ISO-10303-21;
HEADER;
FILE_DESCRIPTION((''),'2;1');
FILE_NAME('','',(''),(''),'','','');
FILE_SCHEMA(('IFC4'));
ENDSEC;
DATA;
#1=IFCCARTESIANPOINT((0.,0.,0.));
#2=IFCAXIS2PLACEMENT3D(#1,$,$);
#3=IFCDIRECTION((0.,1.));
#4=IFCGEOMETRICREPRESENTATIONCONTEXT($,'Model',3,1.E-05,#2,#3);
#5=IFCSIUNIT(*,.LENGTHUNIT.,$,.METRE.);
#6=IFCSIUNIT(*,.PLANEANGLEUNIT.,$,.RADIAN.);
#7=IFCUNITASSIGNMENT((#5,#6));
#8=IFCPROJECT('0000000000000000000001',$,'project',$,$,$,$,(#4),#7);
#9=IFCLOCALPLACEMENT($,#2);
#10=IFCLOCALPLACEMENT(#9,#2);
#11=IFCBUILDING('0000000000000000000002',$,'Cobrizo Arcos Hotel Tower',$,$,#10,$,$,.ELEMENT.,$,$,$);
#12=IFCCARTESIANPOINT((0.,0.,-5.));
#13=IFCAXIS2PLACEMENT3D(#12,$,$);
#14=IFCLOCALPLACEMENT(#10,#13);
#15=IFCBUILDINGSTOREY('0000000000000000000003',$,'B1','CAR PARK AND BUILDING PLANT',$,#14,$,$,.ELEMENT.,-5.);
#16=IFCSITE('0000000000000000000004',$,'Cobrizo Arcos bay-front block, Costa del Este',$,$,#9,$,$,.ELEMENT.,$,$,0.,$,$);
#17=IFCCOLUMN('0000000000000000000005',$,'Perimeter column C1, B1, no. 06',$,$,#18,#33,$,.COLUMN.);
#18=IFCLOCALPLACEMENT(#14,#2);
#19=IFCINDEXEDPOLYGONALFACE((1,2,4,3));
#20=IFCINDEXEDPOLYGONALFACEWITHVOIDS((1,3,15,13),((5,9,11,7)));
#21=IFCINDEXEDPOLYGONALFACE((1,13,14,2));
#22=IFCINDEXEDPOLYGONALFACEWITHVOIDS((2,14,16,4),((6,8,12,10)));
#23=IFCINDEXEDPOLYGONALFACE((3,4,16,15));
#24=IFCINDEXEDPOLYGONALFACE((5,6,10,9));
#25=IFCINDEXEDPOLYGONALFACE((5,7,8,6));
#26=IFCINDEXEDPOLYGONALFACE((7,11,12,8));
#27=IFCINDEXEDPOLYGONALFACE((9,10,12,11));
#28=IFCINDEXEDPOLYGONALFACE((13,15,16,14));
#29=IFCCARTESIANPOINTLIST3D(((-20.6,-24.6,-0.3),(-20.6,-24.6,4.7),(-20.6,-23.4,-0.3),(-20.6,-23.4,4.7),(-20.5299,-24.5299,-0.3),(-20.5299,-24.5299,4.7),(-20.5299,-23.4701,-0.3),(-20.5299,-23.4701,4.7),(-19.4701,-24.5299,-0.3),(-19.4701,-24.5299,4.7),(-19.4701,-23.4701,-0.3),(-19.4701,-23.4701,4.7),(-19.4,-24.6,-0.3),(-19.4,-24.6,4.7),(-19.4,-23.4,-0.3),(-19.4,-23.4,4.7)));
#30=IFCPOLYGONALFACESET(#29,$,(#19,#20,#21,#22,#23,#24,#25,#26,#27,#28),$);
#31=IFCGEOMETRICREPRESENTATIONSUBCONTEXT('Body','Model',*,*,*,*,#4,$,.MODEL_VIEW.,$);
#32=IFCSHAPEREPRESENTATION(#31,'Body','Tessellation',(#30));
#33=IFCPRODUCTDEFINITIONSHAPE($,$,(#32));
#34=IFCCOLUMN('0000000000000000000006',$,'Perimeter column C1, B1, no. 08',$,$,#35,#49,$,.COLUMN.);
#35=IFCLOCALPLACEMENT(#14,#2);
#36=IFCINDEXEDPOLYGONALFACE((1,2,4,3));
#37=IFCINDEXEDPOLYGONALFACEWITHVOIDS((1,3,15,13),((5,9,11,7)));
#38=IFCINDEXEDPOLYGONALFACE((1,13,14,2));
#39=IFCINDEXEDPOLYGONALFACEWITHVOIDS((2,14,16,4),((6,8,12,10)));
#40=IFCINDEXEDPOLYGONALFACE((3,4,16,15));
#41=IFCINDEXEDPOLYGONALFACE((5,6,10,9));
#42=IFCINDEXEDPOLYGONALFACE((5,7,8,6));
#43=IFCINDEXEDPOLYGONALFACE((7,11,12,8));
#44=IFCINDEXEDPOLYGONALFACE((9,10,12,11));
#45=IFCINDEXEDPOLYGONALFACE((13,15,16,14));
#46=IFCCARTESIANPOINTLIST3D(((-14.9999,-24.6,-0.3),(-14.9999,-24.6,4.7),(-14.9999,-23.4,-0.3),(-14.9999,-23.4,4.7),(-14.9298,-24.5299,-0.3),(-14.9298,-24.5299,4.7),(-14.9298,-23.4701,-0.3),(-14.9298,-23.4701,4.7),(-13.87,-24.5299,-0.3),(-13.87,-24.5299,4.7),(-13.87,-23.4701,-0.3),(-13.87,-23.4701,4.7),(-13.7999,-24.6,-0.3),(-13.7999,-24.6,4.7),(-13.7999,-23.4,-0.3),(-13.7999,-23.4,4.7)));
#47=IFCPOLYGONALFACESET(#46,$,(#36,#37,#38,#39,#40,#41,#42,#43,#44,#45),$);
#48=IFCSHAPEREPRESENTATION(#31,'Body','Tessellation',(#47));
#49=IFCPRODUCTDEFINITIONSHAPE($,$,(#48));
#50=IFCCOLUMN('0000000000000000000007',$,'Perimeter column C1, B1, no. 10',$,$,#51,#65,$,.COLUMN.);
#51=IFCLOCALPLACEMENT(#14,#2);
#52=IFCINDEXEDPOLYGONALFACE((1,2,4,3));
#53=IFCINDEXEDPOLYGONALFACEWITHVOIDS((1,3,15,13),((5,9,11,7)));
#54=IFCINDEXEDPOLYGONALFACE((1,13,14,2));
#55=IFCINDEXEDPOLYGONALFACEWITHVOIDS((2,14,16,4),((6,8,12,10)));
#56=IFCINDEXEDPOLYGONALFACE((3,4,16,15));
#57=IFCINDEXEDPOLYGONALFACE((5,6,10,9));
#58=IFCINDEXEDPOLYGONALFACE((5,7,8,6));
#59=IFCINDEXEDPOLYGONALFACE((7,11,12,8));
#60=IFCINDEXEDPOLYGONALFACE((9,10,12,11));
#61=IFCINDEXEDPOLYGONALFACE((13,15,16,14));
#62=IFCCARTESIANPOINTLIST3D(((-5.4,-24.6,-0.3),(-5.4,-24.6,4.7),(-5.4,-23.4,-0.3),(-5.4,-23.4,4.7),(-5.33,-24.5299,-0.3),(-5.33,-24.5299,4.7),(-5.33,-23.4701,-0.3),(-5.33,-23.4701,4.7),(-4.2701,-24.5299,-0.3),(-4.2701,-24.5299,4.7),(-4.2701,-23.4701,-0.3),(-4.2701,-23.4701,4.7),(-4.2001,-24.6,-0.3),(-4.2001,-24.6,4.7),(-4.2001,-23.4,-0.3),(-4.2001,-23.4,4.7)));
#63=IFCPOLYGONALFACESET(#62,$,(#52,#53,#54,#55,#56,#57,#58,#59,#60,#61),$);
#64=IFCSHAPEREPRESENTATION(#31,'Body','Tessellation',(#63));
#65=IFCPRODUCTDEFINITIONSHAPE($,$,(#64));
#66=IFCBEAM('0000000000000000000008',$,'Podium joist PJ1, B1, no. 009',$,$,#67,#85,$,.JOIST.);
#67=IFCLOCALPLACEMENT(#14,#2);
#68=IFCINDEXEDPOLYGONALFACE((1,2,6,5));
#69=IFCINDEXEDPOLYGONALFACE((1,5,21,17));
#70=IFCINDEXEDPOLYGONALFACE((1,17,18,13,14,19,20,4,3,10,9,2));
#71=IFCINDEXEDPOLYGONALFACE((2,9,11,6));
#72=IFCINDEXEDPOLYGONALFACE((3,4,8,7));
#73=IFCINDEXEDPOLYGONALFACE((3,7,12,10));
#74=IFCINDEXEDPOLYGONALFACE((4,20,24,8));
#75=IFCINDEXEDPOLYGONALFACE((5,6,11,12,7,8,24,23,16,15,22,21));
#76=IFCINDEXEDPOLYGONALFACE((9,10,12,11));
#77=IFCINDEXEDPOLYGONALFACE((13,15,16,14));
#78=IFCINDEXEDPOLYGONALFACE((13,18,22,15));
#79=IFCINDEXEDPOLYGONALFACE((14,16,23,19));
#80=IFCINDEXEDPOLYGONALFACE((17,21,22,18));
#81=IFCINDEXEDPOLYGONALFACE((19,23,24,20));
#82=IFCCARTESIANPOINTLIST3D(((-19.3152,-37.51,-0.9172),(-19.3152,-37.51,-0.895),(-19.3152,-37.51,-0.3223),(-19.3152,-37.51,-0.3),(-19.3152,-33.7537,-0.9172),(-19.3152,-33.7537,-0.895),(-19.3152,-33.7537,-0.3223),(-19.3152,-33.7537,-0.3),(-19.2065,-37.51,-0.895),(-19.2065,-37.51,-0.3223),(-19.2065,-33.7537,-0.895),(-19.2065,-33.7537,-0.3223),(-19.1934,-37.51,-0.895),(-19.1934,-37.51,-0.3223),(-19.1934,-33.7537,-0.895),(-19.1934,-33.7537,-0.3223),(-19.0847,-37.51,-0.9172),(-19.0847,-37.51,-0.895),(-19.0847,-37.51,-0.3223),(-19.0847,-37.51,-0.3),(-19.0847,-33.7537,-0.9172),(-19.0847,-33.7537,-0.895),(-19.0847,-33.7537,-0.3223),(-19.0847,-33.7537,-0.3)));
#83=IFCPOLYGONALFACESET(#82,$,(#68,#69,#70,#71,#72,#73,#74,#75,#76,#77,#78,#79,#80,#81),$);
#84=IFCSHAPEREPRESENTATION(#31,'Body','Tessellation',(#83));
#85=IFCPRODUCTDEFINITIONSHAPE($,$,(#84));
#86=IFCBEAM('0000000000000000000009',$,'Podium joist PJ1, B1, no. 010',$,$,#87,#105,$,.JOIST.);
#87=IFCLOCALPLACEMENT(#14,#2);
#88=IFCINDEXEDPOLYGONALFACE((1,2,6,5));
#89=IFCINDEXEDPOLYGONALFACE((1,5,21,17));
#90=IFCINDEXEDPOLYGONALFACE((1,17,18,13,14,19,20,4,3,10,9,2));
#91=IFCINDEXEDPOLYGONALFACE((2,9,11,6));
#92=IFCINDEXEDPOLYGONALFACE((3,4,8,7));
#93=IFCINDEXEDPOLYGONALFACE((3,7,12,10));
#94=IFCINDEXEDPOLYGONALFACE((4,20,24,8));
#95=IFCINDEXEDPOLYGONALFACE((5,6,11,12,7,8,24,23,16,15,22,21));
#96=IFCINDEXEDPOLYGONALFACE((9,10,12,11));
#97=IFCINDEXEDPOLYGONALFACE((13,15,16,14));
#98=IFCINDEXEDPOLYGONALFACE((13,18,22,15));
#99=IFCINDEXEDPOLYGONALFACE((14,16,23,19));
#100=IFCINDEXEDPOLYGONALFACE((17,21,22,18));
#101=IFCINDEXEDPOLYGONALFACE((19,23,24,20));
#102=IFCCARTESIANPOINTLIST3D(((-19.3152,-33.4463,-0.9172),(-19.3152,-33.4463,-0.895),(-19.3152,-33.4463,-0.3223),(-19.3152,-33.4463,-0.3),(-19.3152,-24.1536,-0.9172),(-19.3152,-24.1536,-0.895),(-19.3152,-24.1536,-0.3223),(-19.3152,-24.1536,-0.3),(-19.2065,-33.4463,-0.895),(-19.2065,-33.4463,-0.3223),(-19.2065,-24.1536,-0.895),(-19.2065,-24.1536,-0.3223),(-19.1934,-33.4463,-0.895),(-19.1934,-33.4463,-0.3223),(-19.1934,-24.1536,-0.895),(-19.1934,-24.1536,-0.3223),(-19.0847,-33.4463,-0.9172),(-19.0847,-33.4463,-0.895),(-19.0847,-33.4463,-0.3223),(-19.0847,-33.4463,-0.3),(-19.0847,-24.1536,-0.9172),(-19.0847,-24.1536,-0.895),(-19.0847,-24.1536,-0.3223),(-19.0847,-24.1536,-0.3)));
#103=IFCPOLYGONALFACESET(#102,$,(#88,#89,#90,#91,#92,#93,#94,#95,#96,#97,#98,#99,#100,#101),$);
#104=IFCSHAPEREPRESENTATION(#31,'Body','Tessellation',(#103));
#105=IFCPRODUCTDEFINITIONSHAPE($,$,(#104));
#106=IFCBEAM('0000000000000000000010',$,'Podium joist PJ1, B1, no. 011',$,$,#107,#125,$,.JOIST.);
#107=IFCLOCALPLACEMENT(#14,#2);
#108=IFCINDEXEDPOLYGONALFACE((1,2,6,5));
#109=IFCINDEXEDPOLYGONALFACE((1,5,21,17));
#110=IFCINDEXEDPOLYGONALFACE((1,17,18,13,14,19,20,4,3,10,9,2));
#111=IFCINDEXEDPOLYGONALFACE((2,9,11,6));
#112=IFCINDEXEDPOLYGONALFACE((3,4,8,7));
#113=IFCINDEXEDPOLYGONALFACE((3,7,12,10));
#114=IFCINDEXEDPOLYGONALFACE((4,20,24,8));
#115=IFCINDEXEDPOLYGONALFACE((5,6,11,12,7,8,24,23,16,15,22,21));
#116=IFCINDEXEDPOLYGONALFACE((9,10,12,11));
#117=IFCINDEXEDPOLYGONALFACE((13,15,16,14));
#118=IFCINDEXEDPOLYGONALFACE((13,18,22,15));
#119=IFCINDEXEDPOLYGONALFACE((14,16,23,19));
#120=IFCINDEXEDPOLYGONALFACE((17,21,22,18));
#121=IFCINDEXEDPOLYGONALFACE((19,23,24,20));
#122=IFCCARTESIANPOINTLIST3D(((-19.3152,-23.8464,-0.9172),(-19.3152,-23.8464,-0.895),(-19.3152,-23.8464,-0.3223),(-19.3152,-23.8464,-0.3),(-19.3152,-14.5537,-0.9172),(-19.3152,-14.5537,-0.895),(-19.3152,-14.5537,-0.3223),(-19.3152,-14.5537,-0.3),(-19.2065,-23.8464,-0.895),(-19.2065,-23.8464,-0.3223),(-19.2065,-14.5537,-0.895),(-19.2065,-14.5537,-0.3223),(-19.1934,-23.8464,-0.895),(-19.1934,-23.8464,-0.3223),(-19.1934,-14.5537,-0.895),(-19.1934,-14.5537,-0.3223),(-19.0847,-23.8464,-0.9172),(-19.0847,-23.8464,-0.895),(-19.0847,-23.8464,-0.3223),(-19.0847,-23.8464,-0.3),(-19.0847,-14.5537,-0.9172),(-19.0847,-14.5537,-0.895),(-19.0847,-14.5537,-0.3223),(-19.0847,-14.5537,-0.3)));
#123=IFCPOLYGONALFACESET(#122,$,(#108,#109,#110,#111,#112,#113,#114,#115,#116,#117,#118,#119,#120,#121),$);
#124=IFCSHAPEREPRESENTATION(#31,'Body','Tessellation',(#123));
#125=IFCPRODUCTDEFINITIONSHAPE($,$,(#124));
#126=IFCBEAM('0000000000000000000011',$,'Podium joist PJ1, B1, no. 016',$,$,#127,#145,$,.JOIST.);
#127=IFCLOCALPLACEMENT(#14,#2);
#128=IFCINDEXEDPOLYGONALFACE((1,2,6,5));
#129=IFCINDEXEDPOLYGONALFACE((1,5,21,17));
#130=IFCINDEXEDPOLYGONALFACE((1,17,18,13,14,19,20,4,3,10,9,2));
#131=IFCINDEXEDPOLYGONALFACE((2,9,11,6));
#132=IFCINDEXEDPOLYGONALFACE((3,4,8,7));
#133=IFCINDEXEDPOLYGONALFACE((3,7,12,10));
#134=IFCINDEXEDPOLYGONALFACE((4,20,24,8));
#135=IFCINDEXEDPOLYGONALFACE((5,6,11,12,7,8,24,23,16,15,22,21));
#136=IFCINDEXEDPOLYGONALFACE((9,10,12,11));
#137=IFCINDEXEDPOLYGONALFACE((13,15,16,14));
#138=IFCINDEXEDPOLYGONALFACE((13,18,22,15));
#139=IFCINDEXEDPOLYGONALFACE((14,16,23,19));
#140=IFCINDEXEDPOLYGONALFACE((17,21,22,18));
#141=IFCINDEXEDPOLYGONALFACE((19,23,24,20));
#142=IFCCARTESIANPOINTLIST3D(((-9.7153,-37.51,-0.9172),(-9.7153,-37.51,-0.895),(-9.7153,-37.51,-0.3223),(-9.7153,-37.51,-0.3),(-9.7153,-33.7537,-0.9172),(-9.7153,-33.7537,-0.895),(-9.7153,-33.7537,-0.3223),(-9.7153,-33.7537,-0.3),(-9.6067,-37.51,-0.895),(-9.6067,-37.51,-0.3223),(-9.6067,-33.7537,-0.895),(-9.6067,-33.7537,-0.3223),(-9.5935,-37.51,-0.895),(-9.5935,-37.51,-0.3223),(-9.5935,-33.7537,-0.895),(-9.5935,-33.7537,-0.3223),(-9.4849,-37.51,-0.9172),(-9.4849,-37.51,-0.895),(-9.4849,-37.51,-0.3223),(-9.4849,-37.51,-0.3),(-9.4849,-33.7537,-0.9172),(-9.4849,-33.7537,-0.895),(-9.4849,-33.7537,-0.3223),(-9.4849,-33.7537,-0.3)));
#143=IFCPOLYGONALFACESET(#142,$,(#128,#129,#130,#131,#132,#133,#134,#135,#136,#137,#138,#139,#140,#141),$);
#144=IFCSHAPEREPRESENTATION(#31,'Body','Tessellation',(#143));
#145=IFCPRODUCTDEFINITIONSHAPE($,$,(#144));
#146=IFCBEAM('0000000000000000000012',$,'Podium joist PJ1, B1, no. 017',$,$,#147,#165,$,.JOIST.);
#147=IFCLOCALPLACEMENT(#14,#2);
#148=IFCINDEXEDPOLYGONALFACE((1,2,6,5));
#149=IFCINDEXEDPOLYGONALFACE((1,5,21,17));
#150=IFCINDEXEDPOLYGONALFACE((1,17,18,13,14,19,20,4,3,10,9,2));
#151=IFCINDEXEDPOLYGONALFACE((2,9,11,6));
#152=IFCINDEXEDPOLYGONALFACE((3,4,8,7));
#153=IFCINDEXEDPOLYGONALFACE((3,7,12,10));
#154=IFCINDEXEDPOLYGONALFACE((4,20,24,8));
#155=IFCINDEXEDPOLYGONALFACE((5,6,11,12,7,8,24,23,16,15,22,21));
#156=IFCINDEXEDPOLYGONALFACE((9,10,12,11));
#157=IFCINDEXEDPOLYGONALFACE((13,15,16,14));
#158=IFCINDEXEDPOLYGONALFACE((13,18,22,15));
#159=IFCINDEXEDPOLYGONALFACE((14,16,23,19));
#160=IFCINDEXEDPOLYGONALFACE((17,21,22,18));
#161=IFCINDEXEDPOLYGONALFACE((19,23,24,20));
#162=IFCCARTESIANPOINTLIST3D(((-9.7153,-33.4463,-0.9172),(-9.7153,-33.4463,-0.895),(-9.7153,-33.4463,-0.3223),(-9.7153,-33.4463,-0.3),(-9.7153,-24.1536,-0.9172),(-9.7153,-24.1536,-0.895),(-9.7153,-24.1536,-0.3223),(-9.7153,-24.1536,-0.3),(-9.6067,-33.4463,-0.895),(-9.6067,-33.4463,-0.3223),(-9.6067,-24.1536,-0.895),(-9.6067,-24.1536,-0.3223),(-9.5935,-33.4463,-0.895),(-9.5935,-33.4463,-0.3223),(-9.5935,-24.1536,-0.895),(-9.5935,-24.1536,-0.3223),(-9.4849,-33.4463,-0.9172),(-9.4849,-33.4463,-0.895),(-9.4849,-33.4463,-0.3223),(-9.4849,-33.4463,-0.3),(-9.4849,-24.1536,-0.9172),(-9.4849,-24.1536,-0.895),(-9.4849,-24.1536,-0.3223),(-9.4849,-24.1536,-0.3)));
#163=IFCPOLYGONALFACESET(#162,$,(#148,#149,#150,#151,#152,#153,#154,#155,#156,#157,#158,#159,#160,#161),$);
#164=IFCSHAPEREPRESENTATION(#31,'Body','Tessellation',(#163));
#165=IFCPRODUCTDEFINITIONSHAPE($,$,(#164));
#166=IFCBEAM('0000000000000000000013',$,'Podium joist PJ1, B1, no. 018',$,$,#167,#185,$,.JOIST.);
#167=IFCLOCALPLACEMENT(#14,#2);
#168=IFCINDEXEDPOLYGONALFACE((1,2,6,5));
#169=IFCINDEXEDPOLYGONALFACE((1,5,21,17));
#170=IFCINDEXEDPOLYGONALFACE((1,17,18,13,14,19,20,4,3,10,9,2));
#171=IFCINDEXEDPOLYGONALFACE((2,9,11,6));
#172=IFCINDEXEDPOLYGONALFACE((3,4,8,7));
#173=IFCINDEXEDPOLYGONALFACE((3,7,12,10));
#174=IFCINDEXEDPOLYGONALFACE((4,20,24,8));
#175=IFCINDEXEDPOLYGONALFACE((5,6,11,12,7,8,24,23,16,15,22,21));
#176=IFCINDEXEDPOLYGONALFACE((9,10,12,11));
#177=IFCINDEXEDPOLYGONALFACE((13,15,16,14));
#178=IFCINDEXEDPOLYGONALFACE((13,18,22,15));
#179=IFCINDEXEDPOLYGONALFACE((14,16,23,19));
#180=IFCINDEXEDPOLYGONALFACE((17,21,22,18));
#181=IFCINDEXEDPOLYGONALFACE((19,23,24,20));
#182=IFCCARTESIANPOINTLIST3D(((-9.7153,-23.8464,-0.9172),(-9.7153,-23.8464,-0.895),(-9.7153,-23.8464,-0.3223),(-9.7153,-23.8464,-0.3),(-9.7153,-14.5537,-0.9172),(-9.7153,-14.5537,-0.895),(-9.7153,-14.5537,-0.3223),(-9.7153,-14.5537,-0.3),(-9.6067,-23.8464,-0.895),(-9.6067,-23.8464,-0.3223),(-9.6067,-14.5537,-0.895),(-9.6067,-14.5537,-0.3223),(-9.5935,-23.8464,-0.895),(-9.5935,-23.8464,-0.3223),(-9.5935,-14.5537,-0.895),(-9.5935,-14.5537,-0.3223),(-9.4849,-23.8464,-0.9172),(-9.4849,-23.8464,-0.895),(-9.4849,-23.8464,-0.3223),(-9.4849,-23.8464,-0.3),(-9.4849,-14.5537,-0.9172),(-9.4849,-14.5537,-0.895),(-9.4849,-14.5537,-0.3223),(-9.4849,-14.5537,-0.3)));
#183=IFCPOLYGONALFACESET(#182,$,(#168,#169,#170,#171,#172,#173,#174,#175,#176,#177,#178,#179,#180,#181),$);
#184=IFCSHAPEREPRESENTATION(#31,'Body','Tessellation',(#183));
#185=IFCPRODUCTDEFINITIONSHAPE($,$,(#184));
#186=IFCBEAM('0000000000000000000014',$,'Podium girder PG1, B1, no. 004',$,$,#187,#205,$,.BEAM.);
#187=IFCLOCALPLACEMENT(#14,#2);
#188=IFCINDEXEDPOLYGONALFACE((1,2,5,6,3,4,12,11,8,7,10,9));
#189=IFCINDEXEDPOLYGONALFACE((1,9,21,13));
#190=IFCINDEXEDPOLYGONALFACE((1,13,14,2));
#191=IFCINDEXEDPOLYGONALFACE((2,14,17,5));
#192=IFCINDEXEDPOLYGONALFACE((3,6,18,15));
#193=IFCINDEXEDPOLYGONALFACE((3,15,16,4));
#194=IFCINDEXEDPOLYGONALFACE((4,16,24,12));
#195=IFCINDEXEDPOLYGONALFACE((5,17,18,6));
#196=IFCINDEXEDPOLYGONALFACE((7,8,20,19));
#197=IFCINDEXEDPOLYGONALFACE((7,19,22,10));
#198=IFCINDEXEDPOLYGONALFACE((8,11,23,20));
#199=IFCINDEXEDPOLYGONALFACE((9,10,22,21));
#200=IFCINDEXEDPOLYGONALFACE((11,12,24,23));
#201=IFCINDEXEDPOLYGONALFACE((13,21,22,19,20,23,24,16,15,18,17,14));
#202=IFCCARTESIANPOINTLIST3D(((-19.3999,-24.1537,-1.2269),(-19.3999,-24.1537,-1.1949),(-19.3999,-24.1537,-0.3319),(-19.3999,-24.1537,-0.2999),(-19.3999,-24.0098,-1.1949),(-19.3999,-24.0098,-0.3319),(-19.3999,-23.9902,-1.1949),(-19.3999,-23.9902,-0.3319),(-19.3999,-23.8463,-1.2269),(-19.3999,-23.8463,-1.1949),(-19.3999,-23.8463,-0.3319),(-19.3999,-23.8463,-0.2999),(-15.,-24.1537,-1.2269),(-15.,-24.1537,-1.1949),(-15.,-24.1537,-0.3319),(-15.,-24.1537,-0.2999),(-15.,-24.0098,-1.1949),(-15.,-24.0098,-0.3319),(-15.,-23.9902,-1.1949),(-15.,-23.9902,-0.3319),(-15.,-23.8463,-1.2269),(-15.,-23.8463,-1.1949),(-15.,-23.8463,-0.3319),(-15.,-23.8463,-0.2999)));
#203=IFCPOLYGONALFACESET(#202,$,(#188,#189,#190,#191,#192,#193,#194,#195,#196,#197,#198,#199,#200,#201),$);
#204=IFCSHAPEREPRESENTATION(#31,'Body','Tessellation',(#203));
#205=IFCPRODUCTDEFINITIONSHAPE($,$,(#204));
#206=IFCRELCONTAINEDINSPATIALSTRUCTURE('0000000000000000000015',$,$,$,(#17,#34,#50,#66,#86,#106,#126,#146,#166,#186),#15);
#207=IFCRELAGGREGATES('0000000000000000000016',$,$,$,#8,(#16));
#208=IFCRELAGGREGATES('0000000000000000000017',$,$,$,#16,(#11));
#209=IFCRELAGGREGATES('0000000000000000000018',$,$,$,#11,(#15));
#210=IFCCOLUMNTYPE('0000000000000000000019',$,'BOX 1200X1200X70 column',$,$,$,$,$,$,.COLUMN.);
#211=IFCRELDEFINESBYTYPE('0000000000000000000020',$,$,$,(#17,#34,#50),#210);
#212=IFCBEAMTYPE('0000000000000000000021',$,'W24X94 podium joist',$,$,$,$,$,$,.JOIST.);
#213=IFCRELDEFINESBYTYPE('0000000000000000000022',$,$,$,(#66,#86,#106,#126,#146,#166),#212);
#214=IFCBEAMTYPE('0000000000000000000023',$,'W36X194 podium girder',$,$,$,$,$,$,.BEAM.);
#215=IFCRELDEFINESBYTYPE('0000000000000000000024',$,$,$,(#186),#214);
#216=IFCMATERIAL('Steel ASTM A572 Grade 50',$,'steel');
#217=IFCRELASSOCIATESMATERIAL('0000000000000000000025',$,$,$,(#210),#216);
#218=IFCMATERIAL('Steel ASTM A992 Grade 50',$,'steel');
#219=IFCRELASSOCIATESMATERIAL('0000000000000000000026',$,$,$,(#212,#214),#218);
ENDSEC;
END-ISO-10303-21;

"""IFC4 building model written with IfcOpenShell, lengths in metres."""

from ifc_helpers import new_model, si_unit, direction, frame, origin, origin_2d, place, context, subcontext, project, spatial, hollow_rectangle, i_section, extrude, material, material_profile, profile_set, type_object, element, save


model = new_model("IFC4")

# Units and contexts
model_context = context("Model", 3, precision=1e-05, world=origin(), true_north=direction((0.0, 1.0)))
body_context = subcontext(model_context, "Body", "Model", "MODEL_VIEW")
ifc_project = project(units=[si_unit("LENGTHUNIT", "METRE"), si_unit("PLANEANGLEUNIT", "RADIAN")], contexts=[model_context])

# Site, building, storey
site_placement = place(None, origin())
site = spatial("IfcSite", under=ifc_project, at=site_placement, Name="Cobrizo Arcos bay-front block, Costa del Este", CompositionType="ELEMENT", RefElevation=0.0)
building_placement = place(site_placement, origin())
building = spatial("IfcBuilding", under=site, at=building_placement, Name="Cobrizo Arcos Hotel Tower", CompositionType="ELEMENT")
storey_placement = place(building_placement, frame((0.0, 0.0, -5.0)))
storey = spatial("IfcBuildingStorey", under=building, at=storey_placement, Name="B1", Description="CAR PARK AND BUILDING PLANT", CompositionType="ELEMENT", Elevation=-5.0)

# Columns
ifc_material_1 = material(Name="Steel ASTM A572 Grade 50", Category="steel")
ifc_material_profile_1 = material_profile(ifc_material_1, hollow_rectangle(XDim=1.2, YDim=1.2, WallThickness=0.0701, at=origin_2d()), Name="BOX 1200X1200X70")
ifc_profile_set_1 = profile_set([ifc_material_profile_1], Name="Steel ASTM A572 Grade 50")
column_type = type_object("IfcColumnType", Name="BOX 1200X1200X70 column", PredefinedType="COLUMN", material=ifc_profile_set_1)
for number, where, z_axis, x_axis, name in (
    (1, (-20.0, -24.0, -0.3), (0.0, 0.0, 1.0), (1.0, 0.0, 0.0), "Perimeter column C1, B1, no. 06"),
    (2, (-14.3999, -24.0, -0.3), (0.0, 0.0, 1.0), (1.0, 0.0, 0.0), "Perimeter column C1, B1, no. 08"),
    (3, (-4.8, -24.0, -0.3), (0.0, 0.0, 1.0), (1.0, 0.0, 0.0), "Perimeter column C1, B1, no. 10"),
):
    element("IfcColumn", number, at=place(storey_placement, frame(where, z_axis=z_axis, x_axis=x_axis)), inside=storey, type_object=column_type, Name=name, PredefinedType="COLUMN", context=body_context, shape_type="SweptSolid", body=[
        extrude(hollow_rectangle(XDim=1.2, YDim=1.2, WallThickness=0.0701, at=origin_2d()), origin(), (0.0, 0.0, 1.0), 5.0),
    ])

# Beams
ifc_material_2 = material(Name="Steel ASTM A992 Grade 50", Category="steel")
ifc_material_profile_2 = material_profile(ifc_material_2, i_section(OverallWidth=0.2305, OverallDepth=0.6172, WebThickness=0.0132, FlangeThickness=0.0222, at=origin_2d()), Name="W24X94")
ifc_profile_set_2 = profile_set([ifc_material_profile_2], Name="Steel ASTM A992 Grade 50")
beam_type_1 = type_object("IfcBeamType", Name="W24X94 podium joist", PredefinedType="JOIST", material=ifc_profile_set_2)
beam_1_placement = place(storey_placement, frame((-19.2, -37.51, -0.6086), z_axis=(0.0, 1.0, 0.0), x_axis=(-1.0, 0.0, 0.0)))
element("IfcBeam", 4, at=beam_1_placement, inside=storey, type_object=beam_type_1, Name="Podium joist PJ1, B1, no. 009", PredefinedType="JOIST", context=body_context, shape_type="SweptSolid", body=[
    extrude(i_section(OverallWidth=0.2305, OverallDepth=0.6172, WebThickness=0.0132, FlangeThickness=0.0222, at=origin_2d()), origin(), (0.0, 0.0, 1.0), 3.7563),
])
for number, where, z_axis, x_axis, name in (
    (5, (-19.2, -33.4463, -0.6086), (0.0, 1.0, 0.0), (-1.0, 0.0, 0.0), "Podium joist PJ1, B1, no. 010"),
    (6, (-19.2, -23.8464, -0.6086), (0.0, 1.0, 0.0), (-1.0, 0.0, 0.0), "Podium joist PJ1, B1, no. 011"),
):
    element("IfcBeam", number, at=place(storey_placement, frame(where, z_axis=z_axis, x_axis=x_axis)), inside=storey, type_object=beam_type_1, Name=name, PredefinedType="JOIST", context=body_context, shape_type="SweptSolid", body=[
        extrude(i_section(OverallWidth=0.2305, OverallDepth=0.6172, WebThickness=0.0132, FlangeThickness=0.0222, at=origin_2d()), origin(), (0.0, 0.0, 1.0), 9.2927),
    ])
beam_2_placement = place(storey_placement, frame((-9.6001, -37.51, -0.6086), z_axis=(0.0, 1.0, 0.0), x_axis=(-1.0, 0.0, 0.0)))
element("IfcBeam", 7, at=beam_2_placement, inside=storey, type_object=beam_type_1, Name="Podium joist PJ1, B1, no. 016", PredefinedType="JOIST", context=body_context, shape_type="SweptSolid", body=[
    extrude(i_section(OverallWidth=0.2305, OverallDepth=0.6172, WebThickness=0.0132, FlangeThickness=0.0222, at=origin_2d()), origin(), (0.0, 0.0, 1.0), 3.7563),
])
for number, where, z_axis, x_axis, name in (
    (8, (-9.6001, -33.4463, -0.6086), (0.0, 1.0, 0.0), (-1.0, 0.0, 0.0), "Podium joist PJ1, B1, no. 017"),
    (9, (-9.6001, -23.8464, -0.6086), (0.0, 1.0, 0.0), (-1.0, 0.0, 0.0), "Podium joist PJ1, B1, no. 018"),
):
    element("IfcBeam", number, at=place(storey_placement, frame(where, z_axis=z_axis, x_axis=x_axis)), inside=storey, type_object=beam_type_1, Name=name, PredefinedType="JOIST", context=body_context, shape_type="SweptSolid", body=[
        extrude(i_section(OverallWidth=0.2305, OverallDepth=0.6172, WebThickness=0.0132, FlangeThickness=0.0222, at=origin_2d()), origin(), (0.0, 0.0, 1.0), 9.2927),
    ])
ifc_material_profile_3 = material_profile(ifc_material_2, i_section(OverallWidth=0.3074, OverallDepth=0.927, WebThickness=0.0195, FlangeThickness=0.032, at=origin_2d()), Name="W36X194")
ifc_profile_set_3 = profile_set([ifc_material_profile_3], Name="Steel ASTM A992 Grade 50")
beam_type_2 = type_object("IfcBeamType", Name="W36X194 podium girder", PredefinedType="BEAM", material=ifc_profile_set_3)
beam_3_placement = place(storey_placement, frame((-19.3999, -24.0, -0.7634), z_axis=(1.0, 0.0, 0.0), x_axis=(0.0, 1.0, 0.0)))
element("IfcBeam", 10, at=beam_3_placement, inside=storey, type_object=beam_type_2, Name="Podium girder PG1, B1, no. 004", PredefinedType="BEAM", context=body_context, shape_type="SweptSolid", body=[
    extrude(i_section(OverallWidth=0.3074, OverallDepth=0.927, WebThickness=0.0195, FlangeThickness=0.032, at=origin_2d()), origin(), (0.0, 0.0, 1.0), 4.3999),
])

save(model, "model.ifc")
